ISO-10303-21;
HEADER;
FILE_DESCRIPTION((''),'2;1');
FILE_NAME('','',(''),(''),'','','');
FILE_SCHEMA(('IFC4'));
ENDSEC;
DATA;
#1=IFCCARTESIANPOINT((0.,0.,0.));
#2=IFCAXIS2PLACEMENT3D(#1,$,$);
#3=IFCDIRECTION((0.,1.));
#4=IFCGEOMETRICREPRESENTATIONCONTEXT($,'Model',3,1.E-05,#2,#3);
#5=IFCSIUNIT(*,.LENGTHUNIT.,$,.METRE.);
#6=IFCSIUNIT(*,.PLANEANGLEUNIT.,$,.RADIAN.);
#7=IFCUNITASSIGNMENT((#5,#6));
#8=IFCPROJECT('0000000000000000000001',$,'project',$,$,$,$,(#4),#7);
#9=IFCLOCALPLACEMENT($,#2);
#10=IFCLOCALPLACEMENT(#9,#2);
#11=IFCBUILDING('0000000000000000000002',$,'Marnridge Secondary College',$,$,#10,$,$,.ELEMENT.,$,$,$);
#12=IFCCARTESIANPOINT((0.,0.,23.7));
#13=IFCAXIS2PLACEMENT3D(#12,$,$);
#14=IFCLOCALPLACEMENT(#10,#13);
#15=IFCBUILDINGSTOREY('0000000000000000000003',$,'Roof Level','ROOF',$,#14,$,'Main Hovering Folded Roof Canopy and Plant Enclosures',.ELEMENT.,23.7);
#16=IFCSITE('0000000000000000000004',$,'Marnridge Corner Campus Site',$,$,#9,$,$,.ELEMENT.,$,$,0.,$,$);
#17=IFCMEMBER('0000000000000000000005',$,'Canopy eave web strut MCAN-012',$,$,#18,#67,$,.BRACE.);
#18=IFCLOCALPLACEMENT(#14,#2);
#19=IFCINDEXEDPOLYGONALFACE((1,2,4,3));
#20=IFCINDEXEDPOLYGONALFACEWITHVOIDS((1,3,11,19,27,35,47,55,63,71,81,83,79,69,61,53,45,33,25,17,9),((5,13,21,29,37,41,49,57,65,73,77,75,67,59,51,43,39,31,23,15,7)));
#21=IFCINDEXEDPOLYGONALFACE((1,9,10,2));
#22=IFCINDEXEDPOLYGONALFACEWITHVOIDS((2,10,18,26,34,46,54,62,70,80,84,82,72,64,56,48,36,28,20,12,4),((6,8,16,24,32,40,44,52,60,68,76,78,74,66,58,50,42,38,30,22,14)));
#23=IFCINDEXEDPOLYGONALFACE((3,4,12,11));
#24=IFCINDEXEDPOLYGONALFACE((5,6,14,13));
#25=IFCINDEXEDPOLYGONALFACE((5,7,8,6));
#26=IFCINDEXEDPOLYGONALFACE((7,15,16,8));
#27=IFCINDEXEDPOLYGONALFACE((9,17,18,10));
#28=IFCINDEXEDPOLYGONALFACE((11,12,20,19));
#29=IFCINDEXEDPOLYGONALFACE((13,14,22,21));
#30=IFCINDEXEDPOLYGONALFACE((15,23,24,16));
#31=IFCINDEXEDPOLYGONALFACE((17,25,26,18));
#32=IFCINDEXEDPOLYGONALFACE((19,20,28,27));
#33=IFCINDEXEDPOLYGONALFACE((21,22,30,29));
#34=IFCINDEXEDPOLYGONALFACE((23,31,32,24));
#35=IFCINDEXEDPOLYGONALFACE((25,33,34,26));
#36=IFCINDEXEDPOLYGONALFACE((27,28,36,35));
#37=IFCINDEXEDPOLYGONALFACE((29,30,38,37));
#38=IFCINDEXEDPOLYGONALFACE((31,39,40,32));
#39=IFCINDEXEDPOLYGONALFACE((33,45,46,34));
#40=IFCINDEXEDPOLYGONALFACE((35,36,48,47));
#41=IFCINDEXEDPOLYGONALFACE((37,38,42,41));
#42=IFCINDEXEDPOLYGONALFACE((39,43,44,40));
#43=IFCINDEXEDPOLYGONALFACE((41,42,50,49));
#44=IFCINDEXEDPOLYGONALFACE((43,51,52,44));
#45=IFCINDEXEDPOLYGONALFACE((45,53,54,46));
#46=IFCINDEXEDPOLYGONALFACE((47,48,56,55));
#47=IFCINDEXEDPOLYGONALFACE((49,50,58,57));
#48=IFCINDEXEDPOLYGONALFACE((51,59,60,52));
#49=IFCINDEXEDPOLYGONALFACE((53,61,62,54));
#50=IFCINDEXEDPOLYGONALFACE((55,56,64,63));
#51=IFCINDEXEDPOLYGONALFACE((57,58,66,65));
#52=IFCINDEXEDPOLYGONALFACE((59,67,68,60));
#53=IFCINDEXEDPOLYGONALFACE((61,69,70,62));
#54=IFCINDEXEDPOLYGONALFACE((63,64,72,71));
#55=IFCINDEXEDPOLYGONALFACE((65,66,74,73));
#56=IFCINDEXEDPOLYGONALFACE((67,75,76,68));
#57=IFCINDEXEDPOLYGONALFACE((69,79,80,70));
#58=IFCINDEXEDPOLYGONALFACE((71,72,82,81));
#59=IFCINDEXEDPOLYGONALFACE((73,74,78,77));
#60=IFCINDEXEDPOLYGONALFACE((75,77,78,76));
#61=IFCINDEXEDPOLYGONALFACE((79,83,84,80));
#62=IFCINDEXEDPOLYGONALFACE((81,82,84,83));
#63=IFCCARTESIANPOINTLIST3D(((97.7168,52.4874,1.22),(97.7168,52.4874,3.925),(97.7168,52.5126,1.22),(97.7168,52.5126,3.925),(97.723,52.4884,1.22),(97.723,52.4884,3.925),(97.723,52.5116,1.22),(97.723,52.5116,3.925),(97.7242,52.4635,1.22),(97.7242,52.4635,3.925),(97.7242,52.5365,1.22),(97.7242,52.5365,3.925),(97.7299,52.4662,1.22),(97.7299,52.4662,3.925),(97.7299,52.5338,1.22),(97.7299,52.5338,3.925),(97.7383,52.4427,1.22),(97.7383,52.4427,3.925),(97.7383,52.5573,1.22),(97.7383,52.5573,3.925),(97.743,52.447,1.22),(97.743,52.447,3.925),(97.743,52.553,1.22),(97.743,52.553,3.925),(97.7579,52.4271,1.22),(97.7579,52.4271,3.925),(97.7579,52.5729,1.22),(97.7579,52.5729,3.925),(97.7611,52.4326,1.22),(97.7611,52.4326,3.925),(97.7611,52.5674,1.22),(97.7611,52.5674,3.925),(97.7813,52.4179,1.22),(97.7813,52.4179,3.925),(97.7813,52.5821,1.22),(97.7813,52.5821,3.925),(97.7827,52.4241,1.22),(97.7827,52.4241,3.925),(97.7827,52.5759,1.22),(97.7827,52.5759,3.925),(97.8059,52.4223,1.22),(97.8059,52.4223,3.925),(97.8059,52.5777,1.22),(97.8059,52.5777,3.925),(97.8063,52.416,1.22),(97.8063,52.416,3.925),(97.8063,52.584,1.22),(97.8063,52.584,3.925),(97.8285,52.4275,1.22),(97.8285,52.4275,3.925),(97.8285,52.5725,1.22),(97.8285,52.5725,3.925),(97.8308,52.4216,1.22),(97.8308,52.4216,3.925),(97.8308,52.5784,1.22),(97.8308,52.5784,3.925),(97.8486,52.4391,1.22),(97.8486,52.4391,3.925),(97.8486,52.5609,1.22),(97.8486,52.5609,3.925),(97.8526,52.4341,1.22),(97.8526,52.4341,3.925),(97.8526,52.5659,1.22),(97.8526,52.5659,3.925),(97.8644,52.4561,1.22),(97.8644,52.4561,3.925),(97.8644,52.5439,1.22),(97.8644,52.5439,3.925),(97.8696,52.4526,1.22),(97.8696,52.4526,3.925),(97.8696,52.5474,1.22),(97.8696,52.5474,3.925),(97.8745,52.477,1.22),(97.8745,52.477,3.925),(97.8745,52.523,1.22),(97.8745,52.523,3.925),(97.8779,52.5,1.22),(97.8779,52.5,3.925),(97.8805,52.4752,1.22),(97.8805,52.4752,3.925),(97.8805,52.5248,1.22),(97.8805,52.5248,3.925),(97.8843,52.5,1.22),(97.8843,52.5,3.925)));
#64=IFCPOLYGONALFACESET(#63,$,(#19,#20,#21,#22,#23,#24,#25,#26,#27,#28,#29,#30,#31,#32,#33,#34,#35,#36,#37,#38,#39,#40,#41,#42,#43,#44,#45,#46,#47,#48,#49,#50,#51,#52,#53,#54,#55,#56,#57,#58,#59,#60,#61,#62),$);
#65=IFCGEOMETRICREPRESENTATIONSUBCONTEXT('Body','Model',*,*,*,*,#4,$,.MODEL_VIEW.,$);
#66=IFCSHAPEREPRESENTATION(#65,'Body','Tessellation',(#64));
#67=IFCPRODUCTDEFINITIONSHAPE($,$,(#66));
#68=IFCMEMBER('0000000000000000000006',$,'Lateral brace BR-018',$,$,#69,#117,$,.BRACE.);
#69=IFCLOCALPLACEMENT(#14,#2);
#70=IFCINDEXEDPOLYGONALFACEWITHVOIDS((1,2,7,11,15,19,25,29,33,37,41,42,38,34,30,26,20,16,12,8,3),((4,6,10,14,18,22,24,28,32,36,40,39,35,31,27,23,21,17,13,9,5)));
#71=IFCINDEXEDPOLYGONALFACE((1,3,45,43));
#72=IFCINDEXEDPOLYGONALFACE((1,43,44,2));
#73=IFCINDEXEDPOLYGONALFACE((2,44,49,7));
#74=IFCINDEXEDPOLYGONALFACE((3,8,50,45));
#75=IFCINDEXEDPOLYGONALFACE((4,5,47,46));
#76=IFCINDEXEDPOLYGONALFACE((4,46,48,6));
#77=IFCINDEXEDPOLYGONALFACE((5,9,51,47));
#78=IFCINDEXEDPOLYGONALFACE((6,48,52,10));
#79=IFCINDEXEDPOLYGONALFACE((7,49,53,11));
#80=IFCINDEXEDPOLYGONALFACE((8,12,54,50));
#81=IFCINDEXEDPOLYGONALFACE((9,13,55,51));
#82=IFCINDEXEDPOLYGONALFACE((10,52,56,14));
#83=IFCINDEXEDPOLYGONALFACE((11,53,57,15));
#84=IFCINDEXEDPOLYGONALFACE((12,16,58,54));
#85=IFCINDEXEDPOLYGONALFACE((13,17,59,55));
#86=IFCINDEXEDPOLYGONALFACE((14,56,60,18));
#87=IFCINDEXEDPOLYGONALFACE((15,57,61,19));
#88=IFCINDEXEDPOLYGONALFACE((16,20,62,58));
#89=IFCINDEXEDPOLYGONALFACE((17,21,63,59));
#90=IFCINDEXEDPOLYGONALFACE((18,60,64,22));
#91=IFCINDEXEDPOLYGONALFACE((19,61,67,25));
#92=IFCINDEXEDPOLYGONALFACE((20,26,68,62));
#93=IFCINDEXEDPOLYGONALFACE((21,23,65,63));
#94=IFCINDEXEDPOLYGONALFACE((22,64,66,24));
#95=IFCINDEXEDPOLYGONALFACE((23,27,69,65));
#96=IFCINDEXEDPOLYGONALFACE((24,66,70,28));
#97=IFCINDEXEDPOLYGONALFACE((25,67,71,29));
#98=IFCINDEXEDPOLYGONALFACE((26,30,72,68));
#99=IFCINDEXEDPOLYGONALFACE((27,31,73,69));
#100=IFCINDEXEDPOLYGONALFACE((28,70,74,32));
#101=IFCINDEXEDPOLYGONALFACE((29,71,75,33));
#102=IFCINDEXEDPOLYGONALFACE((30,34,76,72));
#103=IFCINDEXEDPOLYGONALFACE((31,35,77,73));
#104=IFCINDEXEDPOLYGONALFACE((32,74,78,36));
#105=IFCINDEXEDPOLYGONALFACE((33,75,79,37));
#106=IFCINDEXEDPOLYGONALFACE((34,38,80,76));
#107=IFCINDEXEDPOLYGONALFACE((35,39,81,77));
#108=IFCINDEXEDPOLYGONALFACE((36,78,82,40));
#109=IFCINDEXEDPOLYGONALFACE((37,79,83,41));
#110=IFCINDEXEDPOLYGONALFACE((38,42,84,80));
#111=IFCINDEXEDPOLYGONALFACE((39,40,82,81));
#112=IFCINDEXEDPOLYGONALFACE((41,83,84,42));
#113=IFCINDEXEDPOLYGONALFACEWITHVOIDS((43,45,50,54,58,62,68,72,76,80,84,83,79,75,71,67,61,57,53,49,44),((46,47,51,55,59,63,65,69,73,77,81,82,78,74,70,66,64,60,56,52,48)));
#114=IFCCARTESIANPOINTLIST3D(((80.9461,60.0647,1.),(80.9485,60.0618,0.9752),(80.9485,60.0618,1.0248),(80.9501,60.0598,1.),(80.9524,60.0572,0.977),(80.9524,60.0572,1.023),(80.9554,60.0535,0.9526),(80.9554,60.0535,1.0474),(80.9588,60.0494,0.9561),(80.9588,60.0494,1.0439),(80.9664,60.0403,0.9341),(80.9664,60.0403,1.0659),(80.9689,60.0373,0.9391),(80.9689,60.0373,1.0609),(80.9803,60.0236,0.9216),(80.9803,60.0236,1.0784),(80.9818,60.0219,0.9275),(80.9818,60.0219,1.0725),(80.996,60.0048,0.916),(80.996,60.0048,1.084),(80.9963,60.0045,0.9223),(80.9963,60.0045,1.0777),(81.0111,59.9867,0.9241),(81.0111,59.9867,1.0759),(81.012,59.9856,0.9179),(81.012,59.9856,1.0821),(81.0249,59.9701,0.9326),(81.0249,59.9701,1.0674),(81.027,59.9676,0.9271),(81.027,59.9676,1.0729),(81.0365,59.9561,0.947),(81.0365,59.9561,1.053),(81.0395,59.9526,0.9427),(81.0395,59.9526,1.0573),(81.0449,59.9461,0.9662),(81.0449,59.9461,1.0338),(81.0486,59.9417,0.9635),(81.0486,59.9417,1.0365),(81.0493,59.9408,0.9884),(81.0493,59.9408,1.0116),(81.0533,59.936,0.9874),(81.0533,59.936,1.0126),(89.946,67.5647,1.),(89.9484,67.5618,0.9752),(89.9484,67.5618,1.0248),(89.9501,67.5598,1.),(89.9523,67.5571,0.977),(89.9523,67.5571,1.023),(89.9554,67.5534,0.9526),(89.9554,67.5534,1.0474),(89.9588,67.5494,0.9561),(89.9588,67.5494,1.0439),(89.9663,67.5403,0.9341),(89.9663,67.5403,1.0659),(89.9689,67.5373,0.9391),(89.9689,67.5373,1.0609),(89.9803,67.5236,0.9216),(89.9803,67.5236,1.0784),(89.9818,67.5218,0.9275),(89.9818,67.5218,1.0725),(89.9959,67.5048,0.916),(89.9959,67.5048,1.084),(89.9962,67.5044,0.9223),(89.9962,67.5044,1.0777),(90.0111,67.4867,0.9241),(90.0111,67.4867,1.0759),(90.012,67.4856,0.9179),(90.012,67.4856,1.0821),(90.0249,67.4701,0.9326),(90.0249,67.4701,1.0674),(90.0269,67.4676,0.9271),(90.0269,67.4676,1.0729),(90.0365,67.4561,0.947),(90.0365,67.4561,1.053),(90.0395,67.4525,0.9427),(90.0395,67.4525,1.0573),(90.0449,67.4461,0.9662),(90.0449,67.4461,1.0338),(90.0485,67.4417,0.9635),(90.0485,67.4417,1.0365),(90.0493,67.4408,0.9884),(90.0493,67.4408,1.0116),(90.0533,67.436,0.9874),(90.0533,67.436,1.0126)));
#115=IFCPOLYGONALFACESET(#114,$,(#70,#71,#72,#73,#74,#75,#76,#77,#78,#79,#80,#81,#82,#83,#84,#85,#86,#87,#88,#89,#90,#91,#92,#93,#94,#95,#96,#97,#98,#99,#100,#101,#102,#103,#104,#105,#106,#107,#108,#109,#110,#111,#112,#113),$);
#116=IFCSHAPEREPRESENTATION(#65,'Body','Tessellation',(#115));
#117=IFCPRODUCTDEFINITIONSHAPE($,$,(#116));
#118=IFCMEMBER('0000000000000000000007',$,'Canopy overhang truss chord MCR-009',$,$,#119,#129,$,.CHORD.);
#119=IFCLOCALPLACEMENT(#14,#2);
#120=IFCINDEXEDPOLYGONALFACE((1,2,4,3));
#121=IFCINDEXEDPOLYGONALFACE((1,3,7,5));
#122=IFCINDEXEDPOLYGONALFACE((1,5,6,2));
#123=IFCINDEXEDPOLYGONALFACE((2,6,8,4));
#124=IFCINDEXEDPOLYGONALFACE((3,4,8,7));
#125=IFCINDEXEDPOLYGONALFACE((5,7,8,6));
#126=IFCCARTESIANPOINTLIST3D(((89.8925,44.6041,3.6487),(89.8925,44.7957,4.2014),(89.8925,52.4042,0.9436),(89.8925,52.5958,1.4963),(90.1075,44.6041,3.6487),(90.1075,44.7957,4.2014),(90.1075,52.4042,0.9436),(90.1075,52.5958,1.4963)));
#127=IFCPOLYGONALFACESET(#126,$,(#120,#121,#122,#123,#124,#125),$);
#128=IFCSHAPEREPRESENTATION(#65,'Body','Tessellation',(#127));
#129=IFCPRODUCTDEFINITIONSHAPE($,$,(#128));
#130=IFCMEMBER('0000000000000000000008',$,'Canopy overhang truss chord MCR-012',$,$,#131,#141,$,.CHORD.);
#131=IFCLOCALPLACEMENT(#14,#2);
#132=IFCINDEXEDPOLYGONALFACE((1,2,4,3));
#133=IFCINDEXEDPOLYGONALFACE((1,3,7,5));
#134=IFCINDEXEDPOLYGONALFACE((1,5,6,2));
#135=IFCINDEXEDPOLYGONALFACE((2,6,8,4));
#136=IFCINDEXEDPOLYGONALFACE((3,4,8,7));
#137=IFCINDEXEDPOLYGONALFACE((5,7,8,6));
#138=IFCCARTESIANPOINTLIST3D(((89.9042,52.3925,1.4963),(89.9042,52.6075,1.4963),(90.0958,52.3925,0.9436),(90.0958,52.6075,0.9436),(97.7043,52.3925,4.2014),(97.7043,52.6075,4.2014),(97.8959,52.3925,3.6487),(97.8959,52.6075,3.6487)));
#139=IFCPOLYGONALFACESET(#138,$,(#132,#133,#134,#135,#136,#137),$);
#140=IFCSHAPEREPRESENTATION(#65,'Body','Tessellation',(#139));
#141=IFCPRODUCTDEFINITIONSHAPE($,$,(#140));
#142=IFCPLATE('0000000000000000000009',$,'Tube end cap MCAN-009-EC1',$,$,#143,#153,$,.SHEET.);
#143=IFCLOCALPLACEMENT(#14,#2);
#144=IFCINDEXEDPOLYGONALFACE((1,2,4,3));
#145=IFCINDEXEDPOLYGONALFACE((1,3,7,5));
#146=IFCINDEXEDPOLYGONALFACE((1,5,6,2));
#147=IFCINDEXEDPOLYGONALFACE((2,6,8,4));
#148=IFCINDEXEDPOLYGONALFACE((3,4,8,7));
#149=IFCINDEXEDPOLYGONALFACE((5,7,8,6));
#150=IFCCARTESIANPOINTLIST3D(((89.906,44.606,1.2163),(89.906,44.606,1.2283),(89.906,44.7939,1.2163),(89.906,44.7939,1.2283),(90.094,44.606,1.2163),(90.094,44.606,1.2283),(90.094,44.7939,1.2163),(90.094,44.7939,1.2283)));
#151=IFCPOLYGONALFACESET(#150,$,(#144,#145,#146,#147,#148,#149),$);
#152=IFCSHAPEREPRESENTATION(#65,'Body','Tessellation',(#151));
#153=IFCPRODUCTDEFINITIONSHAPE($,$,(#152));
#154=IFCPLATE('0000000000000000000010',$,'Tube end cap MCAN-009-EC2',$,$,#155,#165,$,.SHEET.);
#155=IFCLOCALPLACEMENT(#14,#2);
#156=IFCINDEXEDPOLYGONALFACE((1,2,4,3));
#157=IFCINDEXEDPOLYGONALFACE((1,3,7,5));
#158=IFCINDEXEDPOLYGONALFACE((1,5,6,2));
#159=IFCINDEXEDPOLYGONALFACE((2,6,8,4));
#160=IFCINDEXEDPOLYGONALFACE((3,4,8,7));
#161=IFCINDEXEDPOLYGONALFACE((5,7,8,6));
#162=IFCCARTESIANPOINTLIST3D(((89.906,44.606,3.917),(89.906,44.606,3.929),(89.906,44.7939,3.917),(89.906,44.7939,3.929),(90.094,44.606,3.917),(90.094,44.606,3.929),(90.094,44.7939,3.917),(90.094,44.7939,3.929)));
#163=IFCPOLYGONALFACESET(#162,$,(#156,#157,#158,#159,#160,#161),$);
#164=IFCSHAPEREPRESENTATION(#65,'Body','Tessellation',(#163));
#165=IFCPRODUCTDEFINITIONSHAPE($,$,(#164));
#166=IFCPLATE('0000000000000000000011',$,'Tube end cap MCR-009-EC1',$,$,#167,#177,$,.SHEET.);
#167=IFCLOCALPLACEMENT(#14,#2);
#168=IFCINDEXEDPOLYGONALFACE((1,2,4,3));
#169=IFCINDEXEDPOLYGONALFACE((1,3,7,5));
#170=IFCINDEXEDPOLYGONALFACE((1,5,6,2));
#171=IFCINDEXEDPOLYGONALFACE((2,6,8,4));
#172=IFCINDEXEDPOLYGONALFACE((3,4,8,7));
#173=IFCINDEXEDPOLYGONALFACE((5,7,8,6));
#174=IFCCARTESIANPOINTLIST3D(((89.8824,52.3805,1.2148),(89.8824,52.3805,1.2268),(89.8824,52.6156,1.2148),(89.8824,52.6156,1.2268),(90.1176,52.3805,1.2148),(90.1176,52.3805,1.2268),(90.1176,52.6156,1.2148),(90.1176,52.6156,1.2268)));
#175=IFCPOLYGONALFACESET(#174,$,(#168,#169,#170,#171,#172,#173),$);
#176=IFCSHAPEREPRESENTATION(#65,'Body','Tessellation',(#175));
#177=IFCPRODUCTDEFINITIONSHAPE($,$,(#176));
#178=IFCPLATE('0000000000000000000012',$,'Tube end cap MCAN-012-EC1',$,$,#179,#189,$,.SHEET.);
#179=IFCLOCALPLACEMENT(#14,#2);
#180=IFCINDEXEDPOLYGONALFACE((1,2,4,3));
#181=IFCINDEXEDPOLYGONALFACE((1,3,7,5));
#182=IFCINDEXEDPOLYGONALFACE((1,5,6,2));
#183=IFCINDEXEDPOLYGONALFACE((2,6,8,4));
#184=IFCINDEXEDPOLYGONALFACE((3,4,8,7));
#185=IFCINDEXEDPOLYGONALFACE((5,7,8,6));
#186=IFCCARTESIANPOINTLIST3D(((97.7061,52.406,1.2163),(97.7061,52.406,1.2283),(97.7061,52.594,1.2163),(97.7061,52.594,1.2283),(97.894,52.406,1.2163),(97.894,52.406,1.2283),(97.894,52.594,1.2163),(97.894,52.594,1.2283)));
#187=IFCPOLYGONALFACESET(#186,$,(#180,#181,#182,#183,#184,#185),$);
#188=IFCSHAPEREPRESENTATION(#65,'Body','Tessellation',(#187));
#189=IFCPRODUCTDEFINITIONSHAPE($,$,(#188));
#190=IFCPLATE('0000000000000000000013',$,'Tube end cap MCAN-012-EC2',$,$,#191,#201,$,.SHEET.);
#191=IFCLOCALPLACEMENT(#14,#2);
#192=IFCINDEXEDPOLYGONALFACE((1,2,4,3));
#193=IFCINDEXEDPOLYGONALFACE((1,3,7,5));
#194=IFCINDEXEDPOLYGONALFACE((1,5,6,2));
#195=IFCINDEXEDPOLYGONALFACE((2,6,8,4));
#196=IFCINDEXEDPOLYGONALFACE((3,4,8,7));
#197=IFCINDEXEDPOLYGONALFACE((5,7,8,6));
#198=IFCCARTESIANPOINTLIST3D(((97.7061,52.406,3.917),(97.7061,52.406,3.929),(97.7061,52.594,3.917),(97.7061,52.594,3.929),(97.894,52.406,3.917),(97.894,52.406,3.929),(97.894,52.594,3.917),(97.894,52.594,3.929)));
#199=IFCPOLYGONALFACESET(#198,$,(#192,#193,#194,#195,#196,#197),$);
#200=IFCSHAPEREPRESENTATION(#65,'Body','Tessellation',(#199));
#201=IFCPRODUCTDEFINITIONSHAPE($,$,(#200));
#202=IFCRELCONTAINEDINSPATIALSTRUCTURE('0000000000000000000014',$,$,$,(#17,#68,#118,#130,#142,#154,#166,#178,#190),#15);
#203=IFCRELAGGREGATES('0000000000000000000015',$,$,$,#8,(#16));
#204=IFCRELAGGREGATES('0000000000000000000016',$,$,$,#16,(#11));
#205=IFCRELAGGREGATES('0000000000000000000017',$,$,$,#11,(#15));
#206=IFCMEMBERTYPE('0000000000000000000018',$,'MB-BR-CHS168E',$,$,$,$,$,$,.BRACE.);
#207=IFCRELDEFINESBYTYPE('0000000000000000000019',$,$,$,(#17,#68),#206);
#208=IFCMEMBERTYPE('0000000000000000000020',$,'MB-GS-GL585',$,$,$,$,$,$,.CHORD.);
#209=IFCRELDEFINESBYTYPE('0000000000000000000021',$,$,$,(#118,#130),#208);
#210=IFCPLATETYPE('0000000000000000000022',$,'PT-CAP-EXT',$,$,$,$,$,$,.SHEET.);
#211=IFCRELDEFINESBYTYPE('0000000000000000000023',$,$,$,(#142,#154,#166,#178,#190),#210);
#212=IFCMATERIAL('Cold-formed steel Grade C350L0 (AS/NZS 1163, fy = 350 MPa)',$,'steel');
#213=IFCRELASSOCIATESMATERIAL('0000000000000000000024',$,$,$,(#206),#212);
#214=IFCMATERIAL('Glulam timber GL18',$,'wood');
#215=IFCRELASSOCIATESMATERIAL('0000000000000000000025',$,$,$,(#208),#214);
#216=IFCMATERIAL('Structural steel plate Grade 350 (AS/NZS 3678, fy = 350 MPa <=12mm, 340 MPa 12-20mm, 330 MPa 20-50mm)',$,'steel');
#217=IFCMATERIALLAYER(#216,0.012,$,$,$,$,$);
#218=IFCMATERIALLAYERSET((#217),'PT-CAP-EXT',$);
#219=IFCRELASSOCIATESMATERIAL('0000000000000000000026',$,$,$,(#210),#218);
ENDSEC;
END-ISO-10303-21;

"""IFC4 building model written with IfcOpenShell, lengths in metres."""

from ifc_helpers import new_model, si_unit, direction, frame, origin, origin_2d, place, context, subcontext, project, spatial, rectangle, hollow_circle, extrude, material, layer, layer_set, material_profile, profile_set, type_object, element, save


model = new_model("IFC4")

# Units and contexts
model_context = context("Model", 3, precision=1e-05, world=origin(), true_north=direction((0.0, 1.0)))
body_context = subcontext(model_context, "Body", "Model", "MODEL_VIEW")
ifc_project = project(units=[si_unit("LENGTHUNIT", "METRE"), si_unit("PLANEANGLEUNIT", "RADIAN")], contexts=[model_context])

# Site, building, storey
site_placement = place(None, origin())
site = spatial("IfcSite", under=ifc_project, at=site_placement, Name="Marnridge Corner Campus Site", CompositionType="ELEMENT", RefElevation=0.0)
building_placement = place(site_placement, origin())
building = spatial("IfcBuilding", under=site, at=building_placement, Name="Marnridge Secondary College", CompositionType="ELEMENT")
storey_placement = place(building_placement, frame((0.0, 0.0, 23.7)))
storey = spatial("IfcBuildingStorey", under=building, at=storey_placement, Name="Roof Level", Description="ROOF", LongName="Main Hovering Folded Roof Canopy and Plant Enclosures", CompositionType="ELEMENT", Elevation=23.7)

# Members
ifc_material_1 = material(Name="Cold-formed steel Grade C350L0 (AS/NZS 1163, fy = 350 MPa)", Category="steel")
ifc_material_profile_1 = material_profile(ifc_material_1, hollow_circle(Radius=0.0842, WallThickness=0.0063, at=origin_2d()), Name="168.3x6.4CHS")
ifc_profile_set_1 = profile_set([ifc_material_profile_1], Name="Cold-formed steel Grade C350L0 (AS/NZS 1163, fy = 350 MPa)")
member_type_1 = type_object("IfcMemberType", Name="MB-BR-CHS168E", PredefinedType="BRACE", material=ifc_profile_set_1)
for number, where, z_axis, x_axis, name in (
    (1, (97.8, 52.5, 1.22), (0.0, 0.0, 1.0), (1.0, 0.0, 0.0), "Canopy eave web strut MCAN-012"),
):
    element("IfcMember", number, at=place(storey_placement, frame(where, z_axis=z_axis, x_axis=x_axis)), inside=storey, type_object=member_type_1, Name=name, PredefinedType="BRACE", context=body_context, shape_type="SweptSolid", body=[
        extrude(hollow_circle(Radius=0.0842, WallThickness=0.0063, at=origin_2d()), origin(), (0.0, 0.0, 1.0), 2.7051),
    ])
member_placement = place(storey_placement, frame((81.0, 60.0, 1.0), z_axis=(0.768221, 0.640184, 0.0), x_axis=(-0.640184, 0.768221, 0.0)))
element("IfcMember", 2, at=member_placement, inside=storey, type_object=member_type_1, Name="Lateral brace BR-018", PredefinedType="BRACE", context=body_context, shape_type="SweptSolid", body=[
    extrude(hollow_circle(Radius=0.0842, WallThickness=0.0063, at=origin_2d()), origin(), (0.0, 0.0, 1.0), 11.7153),
])
ifc_material_2 = material(Name="Glulam timber GL18", Category="wood")
ifc_material_profile_2 = material_profile(ifc_material_2, rectangle(XDim=0.2151, YDim=0.585, at=origin_2d()), Name="GL18 215x585")
ifc_profile_set_2 = profile_set([ifc_material_profile_2], Name="Glulam timber GL18")
member_type_2 = type_object("IfcMemberType", Name="MB-GS-GL585", PredefinedType="CHORD", material=ifc_profile_set_2)
for number, where, z_axis, x_axis, name in (
    (3, (90.0, 52.5, 1.22), (0.0, -0.944796, 0.327658), (1.0, 0.0, 0.0), "Canopy overhang truss chord MCR-009"),
    (4, (90.0, 52.5, 1.22), (0.944796, 0.0, 0.327658), (0.0, 1.0, 0.0), "Canopy overhang truss chord MCR-012"),
):
    element("IfcMember", number, at=place(storey_placement, frame(where, z_axis=z_axis, x_axis=x_axis)), inside=storey, type_object=member_type_2, Name=name, PredefinedType="CHORD", context=body_context, shape_type="SweptSolid", body=[
        extrude(rectangle(XDim=0.2151, YDim=0.585, at=origin_2d()), origin(), (0.0, 0.0, 1.0), 8.2559),
    ])

# Plates
ifc_material_3 = material(Name="Structural steel plate Grade 350 (AS/NZS 3678, fy = 350 MPa <=12mm, 340 MPa 12-20mm, 330 MPa 20-50mm)", Category="steel")
ifc_layer_1 = layer(ifc_material_3, 0.012)
ifc_layer_set_1 = layer_set([ifc_layer_1], Name="PT-CAP-EXT")
plate_type_1 = type_object("IfcPlateType", Name="PT-CAP-EXT", PredefinedType="SHEET", material=ifc_layer_set_1)
for number, where, z_axis, x_axis, name in (
    (5, (90.0, 44.7, 1.2163), (0.0, 0.0, 1.0), (1.0, 0.0, 0.0), "Tube end cap MCAN-009-EC1"),
    (6, (90.0, 44.7, 3.917), (0.0, 0.0, 1.0), (1.0, 0.0, 0.0), "Tube end cap MCAN-009-EC2"),
):
    element("IfcPlate", number, at=place(storey_placement, frame(where, z_axis=z_axis, x_axis=x_axis)), inside=storey, type_object=plate_type_1, Name=name, PredefinedType="SHEET", context=body_context, shape_type="SweptSolid", body=[
        extrude(rectangle(XDim=0.188, YDim=0.188, at=origin_2d()), origin(), (0.0, 0.0, 1.0), 0.012),
    ])
plate_1_placement = place(storey_placement, frame((90.0, 52.498, 1.2148), z_axis=(0.0, 0.0, 1.0), x_axis=(0.0, -1.0, 0.0)))
element("IfcPlate", 7, at=plate_1_placement, inside=storey, type_object=plate_type_1, Name="Tube end cap MCR-009-EC1", PredefinedType="SHEET", context=body_context, shape_type="SweptSolid", body=[
    extrude(rectangle(XDim=0.2351, YDim=0.2351, at=origin_2d()), origin(), (0.0, 0.0, 1.0), 0.012),
])
for number, where, z_axis, x_axis, name in (
    (8, (97.8, 52.5, 1.2163), (0.0, 0.0, 1.0), (1.0, 0.0, 0.0), "Tube end cap MCAN-012-EC1"),
    (9, (97.8, 52.5, 3.917), (0.0, 0.0, 1.0), (1.0, 0.0, 0.0), "Tube end cap MCAN-012-EC2"),
):
    element("IfcPlate", number, at=place(storey_placement, frame(where, z_axis=z_axis, x_axis=x_axis)), inside=storey, type_object=plate_type_1, Name=name, PredefinedType="SHEET", context=body_context, shape_type="SweptSolid", body=[
        extrude(rectangle(XDim=0.188, YDim=0.188, at=origin_2d()), origin(), (0.0, 0.0, 1.0), 0.012),
    ])

save(model, "model.ifc")
